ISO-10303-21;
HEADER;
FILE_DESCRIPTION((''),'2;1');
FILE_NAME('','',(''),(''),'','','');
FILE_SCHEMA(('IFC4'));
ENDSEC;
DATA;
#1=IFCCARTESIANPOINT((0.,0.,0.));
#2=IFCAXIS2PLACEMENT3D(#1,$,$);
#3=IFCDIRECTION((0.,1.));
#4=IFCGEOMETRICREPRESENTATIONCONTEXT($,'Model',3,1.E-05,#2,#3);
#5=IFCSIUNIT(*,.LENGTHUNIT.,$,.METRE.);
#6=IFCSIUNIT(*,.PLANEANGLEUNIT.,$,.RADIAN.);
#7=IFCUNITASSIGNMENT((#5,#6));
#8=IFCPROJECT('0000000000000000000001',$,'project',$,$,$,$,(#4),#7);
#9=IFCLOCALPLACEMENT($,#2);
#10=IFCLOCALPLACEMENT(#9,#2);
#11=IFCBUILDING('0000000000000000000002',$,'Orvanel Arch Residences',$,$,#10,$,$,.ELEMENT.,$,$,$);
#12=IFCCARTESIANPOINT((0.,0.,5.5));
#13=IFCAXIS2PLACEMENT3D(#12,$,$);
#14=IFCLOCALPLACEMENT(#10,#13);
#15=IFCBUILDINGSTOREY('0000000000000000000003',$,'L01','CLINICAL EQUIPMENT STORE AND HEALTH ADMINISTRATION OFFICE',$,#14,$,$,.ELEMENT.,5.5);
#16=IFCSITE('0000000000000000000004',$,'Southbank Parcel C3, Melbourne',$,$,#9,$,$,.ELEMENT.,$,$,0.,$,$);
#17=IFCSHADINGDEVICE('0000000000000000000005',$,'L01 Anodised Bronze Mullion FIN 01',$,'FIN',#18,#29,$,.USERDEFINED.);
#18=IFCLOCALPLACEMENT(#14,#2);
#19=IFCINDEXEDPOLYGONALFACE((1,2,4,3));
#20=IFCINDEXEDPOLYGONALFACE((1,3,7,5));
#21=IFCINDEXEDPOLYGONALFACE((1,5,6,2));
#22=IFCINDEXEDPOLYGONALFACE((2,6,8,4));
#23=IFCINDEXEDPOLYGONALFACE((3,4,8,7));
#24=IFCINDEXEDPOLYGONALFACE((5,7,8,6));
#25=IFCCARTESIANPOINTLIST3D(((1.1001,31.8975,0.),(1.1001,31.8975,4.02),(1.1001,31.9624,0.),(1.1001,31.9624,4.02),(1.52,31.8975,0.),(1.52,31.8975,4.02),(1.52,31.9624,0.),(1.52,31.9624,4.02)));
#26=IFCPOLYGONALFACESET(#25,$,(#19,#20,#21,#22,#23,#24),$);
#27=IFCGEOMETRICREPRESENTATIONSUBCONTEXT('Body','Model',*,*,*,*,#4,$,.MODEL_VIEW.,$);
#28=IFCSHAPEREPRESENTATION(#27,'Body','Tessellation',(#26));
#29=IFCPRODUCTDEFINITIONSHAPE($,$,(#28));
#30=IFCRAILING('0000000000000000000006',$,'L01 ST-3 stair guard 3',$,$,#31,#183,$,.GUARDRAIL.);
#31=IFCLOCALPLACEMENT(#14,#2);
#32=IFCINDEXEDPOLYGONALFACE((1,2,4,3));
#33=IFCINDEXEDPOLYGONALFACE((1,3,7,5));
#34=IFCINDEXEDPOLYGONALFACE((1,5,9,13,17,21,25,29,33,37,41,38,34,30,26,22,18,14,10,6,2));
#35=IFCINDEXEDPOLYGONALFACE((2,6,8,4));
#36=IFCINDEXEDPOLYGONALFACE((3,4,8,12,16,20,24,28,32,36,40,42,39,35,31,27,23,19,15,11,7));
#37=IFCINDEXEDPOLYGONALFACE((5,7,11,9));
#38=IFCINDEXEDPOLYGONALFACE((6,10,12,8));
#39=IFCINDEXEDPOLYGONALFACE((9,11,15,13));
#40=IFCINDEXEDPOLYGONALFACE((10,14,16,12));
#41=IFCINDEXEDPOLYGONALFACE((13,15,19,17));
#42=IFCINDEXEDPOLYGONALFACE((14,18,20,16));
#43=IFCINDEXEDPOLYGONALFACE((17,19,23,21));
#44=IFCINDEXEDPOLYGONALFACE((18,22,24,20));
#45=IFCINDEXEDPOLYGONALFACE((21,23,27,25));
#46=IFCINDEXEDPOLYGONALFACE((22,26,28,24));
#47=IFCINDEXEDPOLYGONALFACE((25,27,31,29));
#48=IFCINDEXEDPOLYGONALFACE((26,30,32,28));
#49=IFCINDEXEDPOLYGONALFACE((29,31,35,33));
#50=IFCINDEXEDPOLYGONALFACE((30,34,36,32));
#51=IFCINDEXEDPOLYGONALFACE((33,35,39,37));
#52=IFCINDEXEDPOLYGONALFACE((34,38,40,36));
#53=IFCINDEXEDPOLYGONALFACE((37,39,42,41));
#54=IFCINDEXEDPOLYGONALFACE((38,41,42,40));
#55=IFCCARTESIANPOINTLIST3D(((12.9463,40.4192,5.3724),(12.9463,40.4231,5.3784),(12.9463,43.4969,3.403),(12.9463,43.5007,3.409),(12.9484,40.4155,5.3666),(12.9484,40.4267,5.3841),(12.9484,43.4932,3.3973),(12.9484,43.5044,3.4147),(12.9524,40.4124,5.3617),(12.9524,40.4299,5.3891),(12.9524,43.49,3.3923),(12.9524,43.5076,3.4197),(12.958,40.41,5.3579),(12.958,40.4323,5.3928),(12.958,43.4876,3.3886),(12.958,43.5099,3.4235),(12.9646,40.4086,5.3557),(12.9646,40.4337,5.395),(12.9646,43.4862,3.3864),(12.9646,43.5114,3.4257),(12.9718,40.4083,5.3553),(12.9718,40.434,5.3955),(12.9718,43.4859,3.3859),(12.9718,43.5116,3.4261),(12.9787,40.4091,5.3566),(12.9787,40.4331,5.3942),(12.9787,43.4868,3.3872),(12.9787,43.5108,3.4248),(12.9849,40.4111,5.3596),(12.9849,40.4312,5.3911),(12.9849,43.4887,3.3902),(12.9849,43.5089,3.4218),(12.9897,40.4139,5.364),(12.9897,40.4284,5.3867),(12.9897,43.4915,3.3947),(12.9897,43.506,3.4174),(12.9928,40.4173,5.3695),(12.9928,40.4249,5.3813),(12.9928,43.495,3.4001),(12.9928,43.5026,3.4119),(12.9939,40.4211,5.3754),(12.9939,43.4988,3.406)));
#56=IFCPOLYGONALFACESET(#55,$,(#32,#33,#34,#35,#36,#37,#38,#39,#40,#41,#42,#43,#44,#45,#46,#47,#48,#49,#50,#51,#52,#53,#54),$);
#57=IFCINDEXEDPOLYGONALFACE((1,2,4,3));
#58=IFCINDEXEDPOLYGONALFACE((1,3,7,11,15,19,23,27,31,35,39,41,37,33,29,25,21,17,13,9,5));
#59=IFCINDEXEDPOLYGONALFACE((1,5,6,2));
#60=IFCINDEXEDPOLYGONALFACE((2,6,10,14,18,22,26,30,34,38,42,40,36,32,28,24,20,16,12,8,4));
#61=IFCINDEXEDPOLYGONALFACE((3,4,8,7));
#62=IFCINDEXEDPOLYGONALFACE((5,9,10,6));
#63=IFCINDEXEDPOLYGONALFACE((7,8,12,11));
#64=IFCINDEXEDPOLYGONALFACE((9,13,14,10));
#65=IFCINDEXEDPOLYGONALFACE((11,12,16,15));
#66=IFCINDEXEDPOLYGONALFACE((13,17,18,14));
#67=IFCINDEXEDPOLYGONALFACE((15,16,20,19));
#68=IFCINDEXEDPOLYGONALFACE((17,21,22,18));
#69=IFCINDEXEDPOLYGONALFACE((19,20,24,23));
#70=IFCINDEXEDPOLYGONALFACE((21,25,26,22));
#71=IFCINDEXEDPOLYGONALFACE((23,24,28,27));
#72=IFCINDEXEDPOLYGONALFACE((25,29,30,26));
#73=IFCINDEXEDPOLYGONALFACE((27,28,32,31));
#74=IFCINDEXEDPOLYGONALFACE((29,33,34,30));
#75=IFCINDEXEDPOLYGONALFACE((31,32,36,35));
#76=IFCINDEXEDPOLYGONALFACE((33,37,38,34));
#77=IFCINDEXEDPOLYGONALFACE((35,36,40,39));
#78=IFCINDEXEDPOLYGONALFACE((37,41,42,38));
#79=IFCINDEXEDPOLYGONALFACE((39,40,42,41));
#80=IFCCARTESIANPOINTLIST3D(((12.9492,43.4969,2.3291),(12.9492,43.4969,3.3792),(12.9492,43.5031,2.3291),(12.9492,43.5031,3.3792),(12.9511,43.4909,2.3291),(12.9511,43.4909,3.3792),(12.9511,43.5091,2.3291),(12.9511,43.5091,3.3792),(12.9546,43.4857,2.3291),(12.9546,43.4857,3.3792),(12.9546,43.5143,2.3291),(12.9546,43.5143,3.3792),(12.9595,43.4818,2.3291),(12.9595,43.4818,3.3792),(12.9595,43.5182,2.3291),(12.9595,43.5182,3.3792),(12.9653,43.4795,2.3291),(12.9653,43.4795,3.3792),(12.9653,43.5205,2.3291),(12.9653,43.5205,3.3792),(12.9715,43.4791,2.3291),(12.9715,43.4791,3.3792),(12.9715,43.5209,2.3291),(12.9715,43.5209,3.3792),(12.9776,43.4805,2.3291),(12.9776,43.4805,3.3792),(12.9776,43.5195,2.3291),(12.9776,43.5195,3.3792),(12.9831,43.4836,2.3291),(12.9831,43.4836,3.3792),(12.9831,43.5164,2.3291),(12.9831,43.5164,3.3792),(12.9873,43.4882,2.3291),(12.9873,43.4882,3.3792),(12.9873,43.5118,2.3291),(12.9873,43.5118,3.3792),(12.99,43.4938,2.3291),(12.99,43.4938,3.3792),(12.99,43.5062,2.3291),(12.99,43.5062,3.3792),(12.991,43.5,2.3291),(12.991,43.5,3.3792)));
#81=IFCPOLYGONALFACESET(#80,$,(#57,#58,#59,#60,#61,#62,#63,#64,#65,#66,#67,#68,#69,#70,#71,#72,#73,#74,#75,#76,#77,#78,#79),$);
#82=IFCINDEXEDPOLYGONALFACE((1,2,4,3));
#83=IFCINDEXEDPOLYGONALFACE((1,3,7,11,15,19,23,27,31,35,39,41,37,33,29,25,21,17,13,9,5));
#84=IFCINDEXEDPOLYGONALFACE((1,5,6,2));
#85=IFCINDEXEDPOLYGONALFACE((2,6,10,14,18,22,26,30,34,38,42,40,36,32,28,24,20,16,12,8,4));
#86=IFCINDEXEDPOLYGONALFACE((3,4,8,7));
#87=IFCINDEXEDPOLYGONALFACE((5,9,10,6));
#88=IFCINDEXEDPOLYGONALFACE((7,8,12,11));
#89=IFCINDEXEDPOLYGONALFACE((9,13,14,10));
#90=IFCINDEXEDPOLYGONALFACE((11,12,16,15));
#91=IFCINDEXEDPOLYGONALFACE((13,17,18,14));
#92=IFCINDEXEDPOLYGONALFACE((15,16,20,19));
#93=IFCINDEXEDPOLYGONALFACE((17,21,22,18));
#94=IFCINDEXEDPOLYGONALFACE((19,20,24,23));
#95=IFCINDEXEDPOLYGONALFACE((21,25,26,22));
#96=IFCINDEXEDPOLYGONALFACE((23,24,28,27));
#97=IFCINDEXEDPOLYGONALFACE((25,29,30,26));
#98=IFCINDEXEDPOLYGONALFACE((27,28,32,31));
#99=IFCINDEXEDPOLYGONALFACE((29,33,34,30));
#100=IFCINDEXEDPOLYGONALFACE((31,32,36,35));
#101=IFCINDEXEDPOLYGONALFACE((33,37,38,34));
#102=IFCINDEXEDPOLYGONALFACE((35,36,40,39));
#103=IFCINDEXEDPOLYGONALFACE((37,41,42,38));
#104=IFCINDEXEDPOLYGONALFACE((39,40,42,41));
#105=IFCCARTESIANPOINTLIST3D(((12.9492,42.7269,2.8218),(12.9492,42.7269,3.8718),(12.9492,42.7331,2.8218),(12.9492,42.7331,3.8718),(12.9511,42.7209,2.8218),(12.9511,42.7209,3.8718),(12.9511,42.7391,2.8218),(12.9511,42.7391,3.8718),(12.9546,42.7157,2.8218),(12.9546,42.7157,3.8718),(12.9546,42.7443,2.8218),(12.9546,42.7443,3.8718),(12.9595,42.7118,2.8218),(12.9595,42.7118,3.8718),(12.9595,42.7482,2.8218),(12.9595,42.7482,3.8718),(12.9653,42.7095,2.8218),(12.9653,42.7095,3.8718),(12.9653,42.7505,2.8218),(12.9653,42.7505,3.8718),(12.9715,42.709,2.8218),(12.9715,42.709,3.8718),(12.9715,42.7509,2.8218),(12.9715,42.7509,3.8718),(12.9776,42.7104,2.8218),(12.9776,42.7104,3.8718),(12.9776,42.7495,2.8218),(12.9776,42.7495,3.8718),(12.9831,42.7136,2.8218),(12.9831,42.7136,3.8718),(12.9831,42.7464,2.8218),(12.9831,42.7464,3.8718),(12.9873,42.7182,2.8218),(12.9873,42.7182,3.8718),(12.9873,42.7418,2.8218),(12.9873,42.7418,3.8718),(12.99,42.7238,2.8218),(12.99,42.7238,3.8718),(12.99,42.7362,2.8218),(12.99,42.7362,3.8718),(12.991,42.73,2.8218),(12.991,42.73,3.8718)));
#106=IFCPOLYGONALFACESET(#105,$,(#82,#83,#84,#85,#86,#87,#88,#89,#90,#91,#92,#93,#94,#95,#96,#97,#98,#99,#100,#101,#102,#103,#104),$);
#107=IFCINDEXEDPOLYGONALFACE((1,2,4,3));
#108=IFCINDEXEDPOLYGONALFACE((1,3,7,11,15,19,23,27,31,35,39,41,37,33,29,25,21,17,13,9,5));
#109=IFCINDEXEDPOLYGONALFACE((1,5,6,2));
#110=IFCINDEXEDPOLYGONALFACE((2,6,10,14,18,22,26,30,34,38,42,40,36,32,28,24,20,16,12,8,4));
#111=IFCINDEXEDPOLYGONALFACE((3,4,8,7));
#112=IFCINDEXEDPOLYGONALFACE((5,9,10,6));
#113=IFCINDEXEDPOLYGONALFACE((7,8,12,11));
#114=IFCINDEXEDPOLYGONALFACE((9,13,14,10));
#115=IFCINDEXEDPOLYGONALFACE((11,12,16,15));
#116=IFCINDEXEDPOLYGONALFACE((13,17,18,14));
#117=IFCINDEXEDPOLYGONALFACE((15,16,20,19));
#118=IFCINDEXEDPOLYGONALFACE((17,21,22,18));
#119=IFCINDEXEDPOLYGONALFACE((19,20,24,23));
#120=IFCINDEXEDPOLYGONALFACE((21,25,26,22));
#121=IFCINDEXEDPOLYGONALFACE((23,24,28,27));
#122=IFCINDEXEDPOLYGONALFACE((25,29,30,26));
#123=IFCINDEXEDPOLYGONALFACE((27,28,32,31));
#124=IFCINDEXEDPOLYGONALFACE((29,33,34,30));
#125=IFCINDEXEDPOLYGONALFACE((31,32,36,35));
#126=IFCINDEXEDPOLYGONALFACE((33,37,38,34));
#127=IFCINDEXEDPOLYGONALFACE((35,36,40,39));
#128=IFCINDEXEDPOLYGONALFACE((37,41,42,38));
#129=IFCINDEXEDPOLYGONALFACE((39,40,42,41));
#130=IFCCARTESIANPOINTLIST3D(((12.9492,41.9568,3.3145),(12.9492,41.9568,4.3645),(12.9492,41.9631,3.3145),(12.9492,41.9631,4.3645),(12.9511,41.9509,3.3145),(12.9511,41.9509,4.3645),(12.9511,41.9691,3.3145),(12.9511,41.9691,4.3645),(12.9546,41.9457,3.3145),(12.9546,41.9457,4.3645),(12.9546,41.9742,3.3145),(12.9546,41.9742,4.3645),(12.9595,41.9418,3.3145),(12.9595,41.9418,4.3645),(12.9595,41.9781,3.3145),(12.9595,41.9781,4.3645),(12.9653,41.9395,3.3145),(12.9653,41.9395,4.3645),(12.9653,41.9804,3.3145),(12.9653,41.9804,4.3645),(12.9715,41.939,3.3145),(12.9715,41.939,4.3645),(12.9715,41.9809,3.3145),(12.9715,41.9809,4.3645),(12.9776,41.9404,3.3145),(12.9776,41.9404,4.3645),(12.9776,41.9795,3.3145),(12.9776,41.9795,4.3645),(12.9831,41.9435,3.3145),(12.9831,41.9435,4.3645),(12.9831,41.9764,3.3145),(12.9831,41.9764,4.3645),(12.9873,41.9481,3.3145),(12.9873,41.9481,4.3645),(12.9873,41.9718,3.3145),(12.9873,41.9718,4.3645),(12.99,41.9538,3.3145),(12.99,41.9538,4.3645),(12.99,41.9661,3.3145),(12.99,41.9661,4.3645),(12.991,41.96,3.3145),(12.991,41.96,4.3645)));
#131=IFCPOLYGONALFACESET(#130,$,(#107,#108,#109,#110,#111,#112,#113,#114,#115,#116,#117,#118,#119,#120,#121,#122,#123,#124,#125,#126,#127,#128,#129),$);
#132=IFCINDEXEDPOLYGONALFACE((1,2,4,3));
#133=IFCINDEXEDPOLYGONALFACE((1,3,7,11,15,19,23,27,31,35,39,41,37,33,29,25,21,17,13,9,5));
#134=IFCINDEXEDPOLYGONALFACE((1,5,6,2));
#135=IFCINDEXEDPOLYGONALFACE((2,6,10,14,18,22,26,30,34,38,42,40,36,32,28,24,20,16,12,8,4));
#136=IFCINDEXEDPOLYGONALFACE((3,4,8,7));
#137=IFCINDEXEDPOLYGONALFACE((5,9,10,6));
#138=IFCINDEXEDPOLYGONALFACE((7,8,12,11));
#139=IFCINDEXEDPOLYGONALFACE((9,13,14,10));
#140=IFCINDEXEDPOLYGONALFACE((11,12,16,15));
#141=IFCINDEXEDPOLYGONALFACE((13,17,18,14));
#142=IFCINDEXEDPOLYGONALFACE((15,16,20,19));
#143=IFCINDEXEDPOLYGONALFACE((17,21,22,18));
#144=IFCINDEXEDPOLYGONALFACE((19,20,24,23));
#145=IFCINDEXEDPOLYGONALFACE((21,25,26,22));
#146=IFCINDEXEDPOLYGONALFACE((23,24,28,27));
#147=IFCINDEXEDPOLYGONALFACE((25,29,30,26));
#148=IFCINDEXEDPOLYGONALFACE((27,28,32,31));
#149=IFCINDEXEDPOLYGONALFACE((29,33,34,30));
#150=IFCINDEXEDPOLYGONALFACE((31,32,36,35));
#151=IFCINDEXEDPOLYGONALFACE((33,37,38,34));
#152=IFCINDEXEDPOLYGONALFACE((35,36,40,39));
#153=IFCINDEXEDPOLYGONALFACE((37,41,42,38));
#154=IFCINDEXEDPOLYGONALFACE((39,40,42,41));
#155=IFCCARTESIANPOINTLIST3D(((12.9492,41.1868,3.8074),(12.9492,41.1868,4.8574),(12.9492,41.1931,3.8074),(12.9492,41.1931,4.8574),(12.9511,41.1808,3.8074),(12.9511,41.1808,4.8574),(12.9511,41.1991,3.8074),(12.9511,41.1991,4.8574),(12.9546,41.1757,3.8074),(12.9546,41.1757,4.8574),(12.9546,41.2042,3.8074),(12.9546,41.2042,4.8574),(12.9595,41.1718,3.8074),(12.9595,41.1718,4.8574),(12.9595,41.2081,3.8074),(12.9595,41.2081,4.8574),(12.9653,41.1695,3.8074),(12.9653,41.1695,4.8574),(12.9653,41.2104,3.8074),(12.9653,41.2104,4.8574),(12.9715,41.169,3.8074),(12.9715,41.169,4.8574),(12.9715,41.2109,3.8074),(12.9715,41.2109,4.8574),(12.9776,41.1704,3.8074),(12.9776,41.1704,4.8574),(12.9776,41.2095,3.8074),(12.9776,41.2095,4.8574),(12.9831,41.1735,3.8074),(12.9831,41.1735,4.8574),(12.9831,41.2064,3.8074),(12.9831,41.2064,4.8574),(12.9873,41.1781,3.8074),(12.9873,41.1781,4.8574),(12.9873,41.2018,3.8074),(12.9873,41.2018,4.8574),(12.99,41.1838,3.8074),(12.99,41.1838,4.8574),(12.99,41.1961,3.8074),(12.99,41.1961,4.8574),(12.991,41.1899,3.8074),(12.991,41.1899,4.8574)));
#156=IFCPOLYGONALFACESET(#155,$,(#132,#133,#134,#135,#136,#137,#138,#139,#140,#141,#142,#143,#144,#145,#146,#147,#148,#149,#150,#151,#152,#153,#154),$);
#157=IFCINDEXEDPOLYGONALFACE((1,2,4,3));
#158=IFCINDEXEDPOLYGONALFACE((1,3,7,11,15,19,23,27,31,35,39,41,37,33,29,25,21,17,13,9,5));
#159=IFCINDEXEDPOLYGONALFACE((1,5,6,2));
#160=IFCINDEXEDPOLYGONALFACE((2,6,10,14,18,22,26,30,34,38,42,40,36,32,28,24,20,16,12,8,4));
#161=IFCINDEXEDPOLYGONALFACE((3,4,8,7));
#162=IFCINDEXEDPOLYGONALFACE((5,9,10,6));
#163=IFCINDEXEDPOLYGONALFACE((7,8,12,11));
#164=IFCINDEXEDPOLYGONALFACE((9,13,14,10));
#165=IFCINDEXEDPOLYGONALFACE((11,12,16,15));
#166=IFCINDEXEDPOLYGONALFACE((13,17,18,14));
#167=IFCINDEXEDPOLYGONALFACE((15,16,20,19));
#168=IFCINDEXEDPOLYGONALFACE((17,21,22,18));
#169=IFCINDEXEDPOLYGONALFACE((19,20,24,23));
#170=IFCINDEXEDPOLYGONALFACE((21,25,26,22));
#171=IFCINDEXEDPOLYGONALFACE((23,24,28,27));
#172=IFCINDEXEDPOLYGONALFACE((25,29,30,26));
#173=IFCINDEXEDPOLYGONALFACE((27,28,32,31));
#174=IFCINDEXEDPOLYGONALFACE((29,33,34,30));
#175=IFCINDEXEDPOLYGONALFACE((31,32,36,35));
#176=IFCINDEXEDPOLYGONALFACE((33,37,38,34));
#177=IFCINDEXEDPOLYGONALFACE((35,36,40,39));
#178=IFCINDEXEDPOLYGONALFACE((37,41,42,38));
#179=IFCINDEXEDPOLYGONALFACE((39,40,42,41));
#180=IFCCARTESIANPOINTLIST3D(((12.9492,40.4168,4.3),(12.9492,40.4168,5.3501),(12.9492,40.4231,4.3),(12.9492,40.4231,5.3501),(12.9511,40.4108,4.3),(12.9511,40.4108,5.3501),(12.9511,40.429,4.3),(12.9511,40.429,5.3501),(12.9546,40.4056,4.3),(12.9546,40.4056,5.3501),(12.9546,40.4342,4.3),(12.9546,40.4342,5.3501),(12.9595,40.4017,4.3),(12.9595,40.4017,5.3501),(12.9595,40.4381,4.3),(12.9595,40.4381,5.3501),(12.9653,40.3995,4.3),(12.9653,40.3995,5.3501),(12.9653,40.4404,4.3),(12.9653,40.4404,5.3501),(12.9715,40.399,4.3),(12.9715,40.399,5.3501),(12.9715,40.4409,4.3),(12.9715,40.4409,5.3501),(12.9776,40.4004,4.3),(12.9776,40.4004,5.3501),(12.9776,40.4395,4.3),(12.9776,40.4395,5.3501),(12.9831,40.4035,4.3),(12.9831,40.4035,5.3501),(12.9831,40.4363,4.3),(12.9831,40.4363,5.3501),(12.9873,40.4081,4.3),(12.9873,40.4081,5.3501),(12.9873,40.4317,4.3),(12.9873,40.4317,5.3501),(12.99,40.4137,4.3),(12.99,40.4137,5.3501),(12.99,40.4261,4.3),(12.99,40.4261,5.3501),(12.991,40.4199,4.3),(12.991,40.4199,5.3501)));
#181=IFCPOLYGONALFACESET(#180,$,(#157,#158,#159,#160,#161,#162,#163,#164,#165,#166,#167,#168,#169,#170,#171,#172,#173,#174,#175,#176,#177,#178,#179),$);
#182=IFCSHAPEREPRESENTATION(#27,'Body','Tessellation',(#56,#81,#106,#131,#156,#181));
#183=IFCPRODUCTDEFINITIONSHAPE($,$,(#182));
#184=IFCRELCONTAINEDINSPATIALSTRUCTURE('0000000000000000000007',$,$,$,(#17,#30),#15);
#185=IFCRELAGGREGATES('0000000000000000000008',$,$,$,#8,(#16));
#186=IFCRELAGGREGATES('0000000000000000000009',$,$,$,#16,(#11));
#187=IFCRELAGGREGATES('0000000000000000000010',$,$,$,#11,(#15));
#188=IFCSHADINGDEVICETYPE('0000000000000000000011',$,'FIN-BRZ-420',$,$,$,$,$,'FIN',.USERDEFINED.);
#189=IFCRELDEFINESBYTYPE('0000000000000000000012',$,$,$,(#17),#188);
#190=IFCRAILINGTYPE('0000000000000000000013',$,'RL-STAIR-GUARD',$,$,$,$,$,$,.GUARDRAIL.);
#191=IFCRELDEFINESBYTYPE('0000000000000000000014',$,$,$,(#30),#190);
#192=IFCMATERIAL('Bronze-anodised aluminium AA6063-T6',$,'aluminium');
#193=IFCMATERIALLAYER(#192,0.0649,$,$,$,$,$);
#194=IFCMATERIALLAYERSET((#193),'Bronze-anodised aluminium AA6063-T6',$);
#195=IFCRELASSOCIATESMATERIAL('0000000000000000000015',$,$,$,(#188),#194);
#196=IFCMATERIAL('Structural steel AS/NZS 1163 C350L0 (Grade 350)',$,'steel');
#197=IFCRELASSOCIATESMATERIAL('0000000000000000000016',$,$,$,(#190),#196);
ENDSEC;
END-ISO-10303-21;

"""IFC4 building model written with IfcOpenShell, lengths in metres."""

from ifc_helpers import new_model, si_unit, direction, frame, origin, origin_2d, place, context, subcontext, project, spatial, rectangle, circle, extrude, material, layer, layer_set, type_object, element, save


model = new_model("IFC4")

# Units and contexts
model_context = context("Model", 3, precision=1e-05, world=origin(), true_north=direction((0.0, 1.0)))
body_context = subcontext(model_context, "Body", "Model", "MODEL_VIEW")
ifc_project = project(units=[si_unit("LENGTHUNIT", "METRE"), si_unit("PLANEANGLEUNIT", "RADIAN")], contexts=[model_context])

# Site, building, storey
site_placement = place(None, origin())
site = spatial("IfcSite", under=ifc_project, at=site_placement, Name="Southbank Parcel C3, Melbourne", CompositionType="ELEMENT", RefElevation=0.0)
building_placement = place(site_placement, origin())
building = spatial("IfcBuilding", under=site, at=building_placement, Name="Orvanel Arch Residences", CompositionType="ELEMENT")
storey_placement = place(building_placement, frame((0.0, 0.0, 5.5)))
storey = spatial("IfcBuildingStorey", under=building, at=storey_placement, Name="L01", Description="CLINICAL EQUIPMENT STORE AND HEALTH ADMINISTRATION OFFICE", CompositionType="ELEMENT", Elevation=5.5)

# Shared definitions
ifc_material_1 = material(Name="Bronze-anodised aluminium AA6063-T6", Category="aluminium")

# Shading device
ifc_layer_1 = layer(ifc_material_1, 0.0649)
ifc_layer_set_1 = layer_set([ifc_layer_1], Name="Bronze-anodised aluminium AA6063-T6")
shading_device_type = type_object("IfcShadingDeviceType", Name="FIN-BRZ-420", ElementType="FIN", PredefinedType="USERDEFINED", material=ifc_layer_set_1)
shading_device_placement = place(storey_placement, frame((1.3101, 31.9299, 0.0), z_axis=(0.0, 0.0, 1.0), x_axis=(-1.0, 0.0, 0.0)))
element("IfcShadingDevice", 1, at=shading_device_placement, inside=storey, type_object=shading_device_type, Name="L01 Anodised Bronze Mullion FIN 01", ObjectType="FIN", PredefinedType="USERDEFINED", context=body_context, shape_type="SweptSolid", body=[
    extrude(rectangle(XDim=0.4199, YDim=0.0649, at=origin_2d()), origin(), (0.0, 0.0, 1.0), 4.02),
])

# Railing
ifc_material_2 = material(Name="Structural steel AS/NZS 1163 C350L0 (Grade 350)", Category="steel")
railing_type_1 = type_object("IfcRailingType", Name="RL-STAIR-GUARD", PredefinedType="GUARDRAIL", material=ifc_material_2)
railing_1_placement = place(storey_placement, frame((12.97, 43.5, 2.3291)))
element("IfcRailing", 2, at=railing_1_placement, inside=storey, type_object=railing_type_1, Name="L01 ST-3 stair guard 3", PredefinedType="GUARDRAIL", context=body_context, shape_type="SweptSolid", body=[
    extrude(circle(Radius=0.0239, at=origin_2d()), frame((0.0, -0.0012, 1.0769), z_axis=(0.0, -0.842309, 0.538995), x_axis=(1.0, 0.0, 0.0)), (0.0, 0.0, 1.0), 3.6538),
    extrude(circle(Radius=0.021, at=origin_2d()), origin(), (0.0, 0.0, 1.0), 1.05),
    extrude(circle(Radius=0.021, at=origin_2d()), frame((0.0, -0.77, 0.4927)), (0.0, 0.0, 1.0), 1.05),
    extrude(circle(Radius=0.021, at=origin_2d()), frame((0.0, -1.54, 0.9854)), (0.0, 0.0, 1.0), 1.05),
    extrude(circle(Radius=0.021, at=origin_2d()), frame((0.0, -2.3101, 1.4783)), (0.0, 0.0, 1.0), 1.05),
    extrude(circle(Radius=0.021, at=origin_2d()), frame((0.0, -3.0801, 1.9709)), (0.0, 0.0, 1.0), 1.05),
])

save(model, "model.ifc")
